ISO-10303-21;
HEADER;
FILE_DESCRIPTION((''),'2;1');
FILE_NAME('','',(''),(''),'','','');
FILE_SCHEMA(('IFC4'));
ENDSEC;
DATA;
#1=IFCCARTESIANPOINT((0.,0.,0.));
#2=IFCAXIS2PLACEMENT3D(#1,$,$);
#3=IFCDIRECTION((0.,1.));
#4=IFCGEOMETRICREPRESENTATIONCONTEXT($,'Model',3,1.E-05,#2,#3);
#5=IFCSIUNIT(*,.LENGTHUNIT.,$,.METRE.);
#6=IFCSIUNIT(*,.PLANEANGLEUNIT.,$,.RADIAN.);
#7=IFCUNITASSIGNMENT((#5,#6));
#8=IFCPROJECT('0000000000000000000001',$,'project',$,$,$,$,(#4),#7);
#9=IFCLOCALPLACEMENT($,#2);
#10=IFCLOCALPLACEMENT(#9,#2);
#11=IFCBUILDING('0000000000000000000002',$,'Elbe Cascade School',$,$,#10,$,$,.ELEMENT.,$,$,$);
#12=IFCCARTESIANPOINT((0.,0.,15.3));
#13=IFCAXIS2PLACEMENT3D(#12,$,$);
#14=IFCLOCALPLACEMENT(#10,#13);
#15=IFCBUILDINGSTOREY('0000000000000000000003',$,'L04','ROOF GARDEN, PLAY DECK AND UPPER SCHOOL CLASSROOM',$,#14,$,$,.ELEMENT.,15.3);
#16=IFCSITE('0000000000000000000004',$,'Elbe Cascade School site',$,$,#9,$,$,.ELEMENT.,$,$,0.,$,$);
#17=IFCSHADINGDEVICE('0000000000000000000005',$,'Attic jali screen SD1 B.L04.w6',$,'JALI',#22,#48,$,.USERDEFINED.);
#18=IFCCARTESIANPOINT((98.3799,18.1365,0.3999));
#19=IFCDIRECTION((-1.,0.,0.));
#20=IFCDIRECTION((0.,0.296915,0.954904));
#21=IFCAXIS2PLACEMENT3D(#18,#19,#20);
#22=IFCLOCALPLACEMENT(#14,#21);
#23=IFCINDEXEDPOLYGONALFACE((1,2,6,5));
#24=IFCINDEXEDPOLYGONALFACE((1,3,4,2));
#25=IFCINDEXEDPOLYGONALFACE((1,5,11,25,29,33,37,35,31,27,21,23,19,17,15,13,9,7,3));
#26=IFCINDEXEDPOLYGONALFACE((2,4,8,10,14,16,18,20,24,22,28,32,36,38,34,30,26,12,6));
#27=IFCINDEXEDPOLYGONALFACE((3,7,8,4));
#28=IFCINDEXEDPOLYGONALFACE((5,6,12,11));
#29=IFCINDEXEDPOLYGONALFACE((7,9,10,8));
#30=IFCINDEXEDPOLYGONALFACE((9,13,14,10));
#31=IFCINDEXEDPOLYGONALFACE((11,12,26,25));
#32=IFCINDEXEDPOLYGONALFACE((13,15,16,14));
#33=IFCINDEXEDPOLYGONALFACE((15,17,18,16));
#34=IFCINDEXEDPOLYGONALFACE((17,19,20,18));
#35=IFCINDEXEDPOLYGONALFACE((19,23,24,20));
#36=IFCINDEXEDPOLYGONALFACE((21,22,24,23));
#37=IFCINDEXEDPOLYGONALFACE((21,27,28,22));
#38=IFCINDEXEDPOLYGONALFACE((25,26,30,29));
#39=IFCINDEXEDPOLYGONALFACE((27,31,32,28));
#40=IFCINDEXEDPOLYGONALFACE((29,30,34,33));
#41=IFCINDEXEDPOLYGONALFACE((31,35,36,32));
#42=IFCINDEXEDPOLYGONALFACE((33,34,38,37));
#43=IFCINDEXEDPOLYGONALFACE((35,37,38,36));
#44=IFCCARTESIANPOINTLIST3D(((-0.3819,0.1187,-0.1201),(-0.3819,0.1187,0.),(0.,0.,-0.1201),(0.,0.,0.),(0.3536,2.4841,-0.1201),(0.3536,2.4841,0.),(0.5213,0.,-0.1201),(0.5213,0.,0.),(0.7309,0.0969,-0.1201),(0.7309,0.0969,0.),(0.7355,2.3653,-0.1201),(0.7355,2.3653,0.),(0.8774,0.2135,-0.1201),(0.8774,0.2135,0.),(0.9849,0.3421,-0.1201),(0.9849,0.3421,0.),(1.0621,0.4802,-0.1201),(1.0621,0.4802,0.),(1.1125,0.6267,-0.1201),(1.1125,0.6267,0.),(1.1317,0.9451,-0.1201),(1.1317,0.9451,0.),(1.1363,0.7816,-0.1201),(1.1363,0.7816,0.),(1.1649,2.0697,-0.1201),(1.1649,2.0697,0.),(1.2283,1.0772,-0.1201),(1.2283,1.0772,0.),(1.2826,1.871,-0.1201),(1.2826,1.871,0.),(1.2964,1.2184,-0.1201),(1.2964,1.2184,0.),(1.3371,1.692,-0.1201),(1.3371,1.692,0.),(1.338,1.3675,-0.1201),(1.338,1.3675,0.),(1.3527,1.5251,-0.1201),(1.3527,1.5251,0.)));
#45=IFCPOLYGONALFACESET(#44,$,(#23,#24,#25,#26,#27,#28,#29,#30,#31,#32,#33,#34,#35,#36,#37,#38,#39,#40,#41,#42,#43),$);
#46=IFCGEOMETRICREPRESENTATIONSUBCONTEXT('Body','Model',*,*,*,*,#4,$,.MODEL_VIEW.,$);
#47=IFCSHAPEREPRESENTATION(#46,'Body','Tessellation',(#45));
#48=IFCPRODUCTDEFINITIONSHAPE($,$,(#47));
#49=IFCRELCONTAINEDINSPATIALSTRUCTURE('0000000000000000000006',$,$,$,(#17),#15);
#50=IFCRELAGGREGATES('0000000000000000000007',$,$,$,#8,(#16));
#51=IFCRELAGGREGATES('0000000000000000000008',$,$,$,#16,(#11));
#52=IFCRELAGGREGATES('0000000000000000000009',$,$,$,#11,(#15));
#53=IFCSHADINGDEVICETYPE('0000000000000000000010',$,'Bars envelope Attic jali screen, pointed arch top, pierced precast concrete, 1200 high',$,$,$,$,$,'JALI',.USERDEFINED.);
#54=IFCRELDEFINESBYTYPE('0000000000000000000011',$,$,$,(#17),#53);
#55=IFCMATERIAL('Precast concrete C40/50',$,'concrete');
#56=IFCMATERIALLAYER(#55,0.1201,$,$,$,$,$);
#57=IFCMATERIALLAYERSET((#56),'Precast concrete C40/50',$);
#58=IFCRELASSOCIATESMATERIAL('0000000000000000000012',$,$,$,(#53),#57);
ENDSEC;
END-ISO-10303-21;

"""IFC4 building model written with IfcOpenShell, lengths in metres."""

from ifc_helpers import new_model, si_unit, direction, frame, origin, place, context, subcontext, project, spatial, polyline, outline, extrude, material, layer, layer_set, type_object, element, save


model = new_model("IFC4")

# Units and contexts
model_context = context("Model", 3, precision=1e-05, world=origin(), true_north=direction((0.0, 1.0)))
body_context = subcontext(model_context, "Body", "Model", "MODEL_VIEW")
ifc_project = project(units=[si_unit("LENGTHUNIT", "METRE"), si_unit("PLANEANGLEUNIT", "RADIAN")], contexts=[model_context])

# Site, building, storey
site_placement = place(None, origin())
site = spatial("IfcSite", under=ifc_project, at=site_placement, Name="Elbe Cascade School site", CompositionType="ELEMENT", RefElevation=0.0)
building_placement = place(site_placement, origin())
building = spatial("IfcBuilding", under=site, at=building_placement, Name="Elbe Cascade School", CompositionType="ELEMENT")
storey_placement = place(building_placement, frame((0.0, 0.0, 15.3)))
storey = spatial("IfcBuildingStorey", under=building, at=storey_placement, Name="L04", Description="ROOF GARDEN, PLAY DECK AND UPPER SCHOOL CLASSROOM", CompositionType="ELEMENT", Elevation=15.3)

# Shading device
ifc_material_1 = material(Name="Precast concrete C40/50", Category="concrete")
ifc_layer_1 = layer(ifc_material_1, 0.1201)
ifc_layer_set_1 = layer_set([ifc_layer_1], Name="Precast concrete C40/50")
shading_device_type_1 = type_object("IfcShadingDeviceType", Name="Bars envelope Attic jali screen, pointed arch top, pierced precast concrete, 1200 high", ElementType="JALI", PredefinedType="USERDEFINED", material=ifc_layer_set_1)
shading_device_1_placement = place(storey_placement, frame((98.3799, 18.1365, 0.3999), z_axis=(-1.0, 0.0, 0.0), x_axis=(0.0, 0.296915, 0.954904)))
element("IfcShadingDevice", 1, at=shading_device_1_placement, inside=storey, type_object=shading_device_type_1, Name="Attic jali screen SD1 B.L04.w6", ObjectType="JALI", PredefinedType="USERDEFINED", context=body_context, shape_type="SweptSolid", body=[
    extrude(outline(polyline([(0.0, 0.0), (0.5213, 0.0), (0.7309, 0.0969), (0.8774, 0.2135), (0.9849, 0.3421), (1.0621, 0.4802), (1.1125, 0.6267), (1.1363, 0.7816), (1.1317, 0.9451), (1.2283, 1.0772), (1.2964, 1.2184), (1.338, 1.3675), (1.3527, 1.5251), (1.3371, 1.692), (1.2826, 1.871), (1.1649, 2.0697), (0.7355, 2.3653), (0.3536, 2.4841), (-0.3819, 0.1187), (0.0, 0.0)])), origin(), (0.0, 0.0, -1.0), 0.1201),
])

save(model, "model.ifc")
